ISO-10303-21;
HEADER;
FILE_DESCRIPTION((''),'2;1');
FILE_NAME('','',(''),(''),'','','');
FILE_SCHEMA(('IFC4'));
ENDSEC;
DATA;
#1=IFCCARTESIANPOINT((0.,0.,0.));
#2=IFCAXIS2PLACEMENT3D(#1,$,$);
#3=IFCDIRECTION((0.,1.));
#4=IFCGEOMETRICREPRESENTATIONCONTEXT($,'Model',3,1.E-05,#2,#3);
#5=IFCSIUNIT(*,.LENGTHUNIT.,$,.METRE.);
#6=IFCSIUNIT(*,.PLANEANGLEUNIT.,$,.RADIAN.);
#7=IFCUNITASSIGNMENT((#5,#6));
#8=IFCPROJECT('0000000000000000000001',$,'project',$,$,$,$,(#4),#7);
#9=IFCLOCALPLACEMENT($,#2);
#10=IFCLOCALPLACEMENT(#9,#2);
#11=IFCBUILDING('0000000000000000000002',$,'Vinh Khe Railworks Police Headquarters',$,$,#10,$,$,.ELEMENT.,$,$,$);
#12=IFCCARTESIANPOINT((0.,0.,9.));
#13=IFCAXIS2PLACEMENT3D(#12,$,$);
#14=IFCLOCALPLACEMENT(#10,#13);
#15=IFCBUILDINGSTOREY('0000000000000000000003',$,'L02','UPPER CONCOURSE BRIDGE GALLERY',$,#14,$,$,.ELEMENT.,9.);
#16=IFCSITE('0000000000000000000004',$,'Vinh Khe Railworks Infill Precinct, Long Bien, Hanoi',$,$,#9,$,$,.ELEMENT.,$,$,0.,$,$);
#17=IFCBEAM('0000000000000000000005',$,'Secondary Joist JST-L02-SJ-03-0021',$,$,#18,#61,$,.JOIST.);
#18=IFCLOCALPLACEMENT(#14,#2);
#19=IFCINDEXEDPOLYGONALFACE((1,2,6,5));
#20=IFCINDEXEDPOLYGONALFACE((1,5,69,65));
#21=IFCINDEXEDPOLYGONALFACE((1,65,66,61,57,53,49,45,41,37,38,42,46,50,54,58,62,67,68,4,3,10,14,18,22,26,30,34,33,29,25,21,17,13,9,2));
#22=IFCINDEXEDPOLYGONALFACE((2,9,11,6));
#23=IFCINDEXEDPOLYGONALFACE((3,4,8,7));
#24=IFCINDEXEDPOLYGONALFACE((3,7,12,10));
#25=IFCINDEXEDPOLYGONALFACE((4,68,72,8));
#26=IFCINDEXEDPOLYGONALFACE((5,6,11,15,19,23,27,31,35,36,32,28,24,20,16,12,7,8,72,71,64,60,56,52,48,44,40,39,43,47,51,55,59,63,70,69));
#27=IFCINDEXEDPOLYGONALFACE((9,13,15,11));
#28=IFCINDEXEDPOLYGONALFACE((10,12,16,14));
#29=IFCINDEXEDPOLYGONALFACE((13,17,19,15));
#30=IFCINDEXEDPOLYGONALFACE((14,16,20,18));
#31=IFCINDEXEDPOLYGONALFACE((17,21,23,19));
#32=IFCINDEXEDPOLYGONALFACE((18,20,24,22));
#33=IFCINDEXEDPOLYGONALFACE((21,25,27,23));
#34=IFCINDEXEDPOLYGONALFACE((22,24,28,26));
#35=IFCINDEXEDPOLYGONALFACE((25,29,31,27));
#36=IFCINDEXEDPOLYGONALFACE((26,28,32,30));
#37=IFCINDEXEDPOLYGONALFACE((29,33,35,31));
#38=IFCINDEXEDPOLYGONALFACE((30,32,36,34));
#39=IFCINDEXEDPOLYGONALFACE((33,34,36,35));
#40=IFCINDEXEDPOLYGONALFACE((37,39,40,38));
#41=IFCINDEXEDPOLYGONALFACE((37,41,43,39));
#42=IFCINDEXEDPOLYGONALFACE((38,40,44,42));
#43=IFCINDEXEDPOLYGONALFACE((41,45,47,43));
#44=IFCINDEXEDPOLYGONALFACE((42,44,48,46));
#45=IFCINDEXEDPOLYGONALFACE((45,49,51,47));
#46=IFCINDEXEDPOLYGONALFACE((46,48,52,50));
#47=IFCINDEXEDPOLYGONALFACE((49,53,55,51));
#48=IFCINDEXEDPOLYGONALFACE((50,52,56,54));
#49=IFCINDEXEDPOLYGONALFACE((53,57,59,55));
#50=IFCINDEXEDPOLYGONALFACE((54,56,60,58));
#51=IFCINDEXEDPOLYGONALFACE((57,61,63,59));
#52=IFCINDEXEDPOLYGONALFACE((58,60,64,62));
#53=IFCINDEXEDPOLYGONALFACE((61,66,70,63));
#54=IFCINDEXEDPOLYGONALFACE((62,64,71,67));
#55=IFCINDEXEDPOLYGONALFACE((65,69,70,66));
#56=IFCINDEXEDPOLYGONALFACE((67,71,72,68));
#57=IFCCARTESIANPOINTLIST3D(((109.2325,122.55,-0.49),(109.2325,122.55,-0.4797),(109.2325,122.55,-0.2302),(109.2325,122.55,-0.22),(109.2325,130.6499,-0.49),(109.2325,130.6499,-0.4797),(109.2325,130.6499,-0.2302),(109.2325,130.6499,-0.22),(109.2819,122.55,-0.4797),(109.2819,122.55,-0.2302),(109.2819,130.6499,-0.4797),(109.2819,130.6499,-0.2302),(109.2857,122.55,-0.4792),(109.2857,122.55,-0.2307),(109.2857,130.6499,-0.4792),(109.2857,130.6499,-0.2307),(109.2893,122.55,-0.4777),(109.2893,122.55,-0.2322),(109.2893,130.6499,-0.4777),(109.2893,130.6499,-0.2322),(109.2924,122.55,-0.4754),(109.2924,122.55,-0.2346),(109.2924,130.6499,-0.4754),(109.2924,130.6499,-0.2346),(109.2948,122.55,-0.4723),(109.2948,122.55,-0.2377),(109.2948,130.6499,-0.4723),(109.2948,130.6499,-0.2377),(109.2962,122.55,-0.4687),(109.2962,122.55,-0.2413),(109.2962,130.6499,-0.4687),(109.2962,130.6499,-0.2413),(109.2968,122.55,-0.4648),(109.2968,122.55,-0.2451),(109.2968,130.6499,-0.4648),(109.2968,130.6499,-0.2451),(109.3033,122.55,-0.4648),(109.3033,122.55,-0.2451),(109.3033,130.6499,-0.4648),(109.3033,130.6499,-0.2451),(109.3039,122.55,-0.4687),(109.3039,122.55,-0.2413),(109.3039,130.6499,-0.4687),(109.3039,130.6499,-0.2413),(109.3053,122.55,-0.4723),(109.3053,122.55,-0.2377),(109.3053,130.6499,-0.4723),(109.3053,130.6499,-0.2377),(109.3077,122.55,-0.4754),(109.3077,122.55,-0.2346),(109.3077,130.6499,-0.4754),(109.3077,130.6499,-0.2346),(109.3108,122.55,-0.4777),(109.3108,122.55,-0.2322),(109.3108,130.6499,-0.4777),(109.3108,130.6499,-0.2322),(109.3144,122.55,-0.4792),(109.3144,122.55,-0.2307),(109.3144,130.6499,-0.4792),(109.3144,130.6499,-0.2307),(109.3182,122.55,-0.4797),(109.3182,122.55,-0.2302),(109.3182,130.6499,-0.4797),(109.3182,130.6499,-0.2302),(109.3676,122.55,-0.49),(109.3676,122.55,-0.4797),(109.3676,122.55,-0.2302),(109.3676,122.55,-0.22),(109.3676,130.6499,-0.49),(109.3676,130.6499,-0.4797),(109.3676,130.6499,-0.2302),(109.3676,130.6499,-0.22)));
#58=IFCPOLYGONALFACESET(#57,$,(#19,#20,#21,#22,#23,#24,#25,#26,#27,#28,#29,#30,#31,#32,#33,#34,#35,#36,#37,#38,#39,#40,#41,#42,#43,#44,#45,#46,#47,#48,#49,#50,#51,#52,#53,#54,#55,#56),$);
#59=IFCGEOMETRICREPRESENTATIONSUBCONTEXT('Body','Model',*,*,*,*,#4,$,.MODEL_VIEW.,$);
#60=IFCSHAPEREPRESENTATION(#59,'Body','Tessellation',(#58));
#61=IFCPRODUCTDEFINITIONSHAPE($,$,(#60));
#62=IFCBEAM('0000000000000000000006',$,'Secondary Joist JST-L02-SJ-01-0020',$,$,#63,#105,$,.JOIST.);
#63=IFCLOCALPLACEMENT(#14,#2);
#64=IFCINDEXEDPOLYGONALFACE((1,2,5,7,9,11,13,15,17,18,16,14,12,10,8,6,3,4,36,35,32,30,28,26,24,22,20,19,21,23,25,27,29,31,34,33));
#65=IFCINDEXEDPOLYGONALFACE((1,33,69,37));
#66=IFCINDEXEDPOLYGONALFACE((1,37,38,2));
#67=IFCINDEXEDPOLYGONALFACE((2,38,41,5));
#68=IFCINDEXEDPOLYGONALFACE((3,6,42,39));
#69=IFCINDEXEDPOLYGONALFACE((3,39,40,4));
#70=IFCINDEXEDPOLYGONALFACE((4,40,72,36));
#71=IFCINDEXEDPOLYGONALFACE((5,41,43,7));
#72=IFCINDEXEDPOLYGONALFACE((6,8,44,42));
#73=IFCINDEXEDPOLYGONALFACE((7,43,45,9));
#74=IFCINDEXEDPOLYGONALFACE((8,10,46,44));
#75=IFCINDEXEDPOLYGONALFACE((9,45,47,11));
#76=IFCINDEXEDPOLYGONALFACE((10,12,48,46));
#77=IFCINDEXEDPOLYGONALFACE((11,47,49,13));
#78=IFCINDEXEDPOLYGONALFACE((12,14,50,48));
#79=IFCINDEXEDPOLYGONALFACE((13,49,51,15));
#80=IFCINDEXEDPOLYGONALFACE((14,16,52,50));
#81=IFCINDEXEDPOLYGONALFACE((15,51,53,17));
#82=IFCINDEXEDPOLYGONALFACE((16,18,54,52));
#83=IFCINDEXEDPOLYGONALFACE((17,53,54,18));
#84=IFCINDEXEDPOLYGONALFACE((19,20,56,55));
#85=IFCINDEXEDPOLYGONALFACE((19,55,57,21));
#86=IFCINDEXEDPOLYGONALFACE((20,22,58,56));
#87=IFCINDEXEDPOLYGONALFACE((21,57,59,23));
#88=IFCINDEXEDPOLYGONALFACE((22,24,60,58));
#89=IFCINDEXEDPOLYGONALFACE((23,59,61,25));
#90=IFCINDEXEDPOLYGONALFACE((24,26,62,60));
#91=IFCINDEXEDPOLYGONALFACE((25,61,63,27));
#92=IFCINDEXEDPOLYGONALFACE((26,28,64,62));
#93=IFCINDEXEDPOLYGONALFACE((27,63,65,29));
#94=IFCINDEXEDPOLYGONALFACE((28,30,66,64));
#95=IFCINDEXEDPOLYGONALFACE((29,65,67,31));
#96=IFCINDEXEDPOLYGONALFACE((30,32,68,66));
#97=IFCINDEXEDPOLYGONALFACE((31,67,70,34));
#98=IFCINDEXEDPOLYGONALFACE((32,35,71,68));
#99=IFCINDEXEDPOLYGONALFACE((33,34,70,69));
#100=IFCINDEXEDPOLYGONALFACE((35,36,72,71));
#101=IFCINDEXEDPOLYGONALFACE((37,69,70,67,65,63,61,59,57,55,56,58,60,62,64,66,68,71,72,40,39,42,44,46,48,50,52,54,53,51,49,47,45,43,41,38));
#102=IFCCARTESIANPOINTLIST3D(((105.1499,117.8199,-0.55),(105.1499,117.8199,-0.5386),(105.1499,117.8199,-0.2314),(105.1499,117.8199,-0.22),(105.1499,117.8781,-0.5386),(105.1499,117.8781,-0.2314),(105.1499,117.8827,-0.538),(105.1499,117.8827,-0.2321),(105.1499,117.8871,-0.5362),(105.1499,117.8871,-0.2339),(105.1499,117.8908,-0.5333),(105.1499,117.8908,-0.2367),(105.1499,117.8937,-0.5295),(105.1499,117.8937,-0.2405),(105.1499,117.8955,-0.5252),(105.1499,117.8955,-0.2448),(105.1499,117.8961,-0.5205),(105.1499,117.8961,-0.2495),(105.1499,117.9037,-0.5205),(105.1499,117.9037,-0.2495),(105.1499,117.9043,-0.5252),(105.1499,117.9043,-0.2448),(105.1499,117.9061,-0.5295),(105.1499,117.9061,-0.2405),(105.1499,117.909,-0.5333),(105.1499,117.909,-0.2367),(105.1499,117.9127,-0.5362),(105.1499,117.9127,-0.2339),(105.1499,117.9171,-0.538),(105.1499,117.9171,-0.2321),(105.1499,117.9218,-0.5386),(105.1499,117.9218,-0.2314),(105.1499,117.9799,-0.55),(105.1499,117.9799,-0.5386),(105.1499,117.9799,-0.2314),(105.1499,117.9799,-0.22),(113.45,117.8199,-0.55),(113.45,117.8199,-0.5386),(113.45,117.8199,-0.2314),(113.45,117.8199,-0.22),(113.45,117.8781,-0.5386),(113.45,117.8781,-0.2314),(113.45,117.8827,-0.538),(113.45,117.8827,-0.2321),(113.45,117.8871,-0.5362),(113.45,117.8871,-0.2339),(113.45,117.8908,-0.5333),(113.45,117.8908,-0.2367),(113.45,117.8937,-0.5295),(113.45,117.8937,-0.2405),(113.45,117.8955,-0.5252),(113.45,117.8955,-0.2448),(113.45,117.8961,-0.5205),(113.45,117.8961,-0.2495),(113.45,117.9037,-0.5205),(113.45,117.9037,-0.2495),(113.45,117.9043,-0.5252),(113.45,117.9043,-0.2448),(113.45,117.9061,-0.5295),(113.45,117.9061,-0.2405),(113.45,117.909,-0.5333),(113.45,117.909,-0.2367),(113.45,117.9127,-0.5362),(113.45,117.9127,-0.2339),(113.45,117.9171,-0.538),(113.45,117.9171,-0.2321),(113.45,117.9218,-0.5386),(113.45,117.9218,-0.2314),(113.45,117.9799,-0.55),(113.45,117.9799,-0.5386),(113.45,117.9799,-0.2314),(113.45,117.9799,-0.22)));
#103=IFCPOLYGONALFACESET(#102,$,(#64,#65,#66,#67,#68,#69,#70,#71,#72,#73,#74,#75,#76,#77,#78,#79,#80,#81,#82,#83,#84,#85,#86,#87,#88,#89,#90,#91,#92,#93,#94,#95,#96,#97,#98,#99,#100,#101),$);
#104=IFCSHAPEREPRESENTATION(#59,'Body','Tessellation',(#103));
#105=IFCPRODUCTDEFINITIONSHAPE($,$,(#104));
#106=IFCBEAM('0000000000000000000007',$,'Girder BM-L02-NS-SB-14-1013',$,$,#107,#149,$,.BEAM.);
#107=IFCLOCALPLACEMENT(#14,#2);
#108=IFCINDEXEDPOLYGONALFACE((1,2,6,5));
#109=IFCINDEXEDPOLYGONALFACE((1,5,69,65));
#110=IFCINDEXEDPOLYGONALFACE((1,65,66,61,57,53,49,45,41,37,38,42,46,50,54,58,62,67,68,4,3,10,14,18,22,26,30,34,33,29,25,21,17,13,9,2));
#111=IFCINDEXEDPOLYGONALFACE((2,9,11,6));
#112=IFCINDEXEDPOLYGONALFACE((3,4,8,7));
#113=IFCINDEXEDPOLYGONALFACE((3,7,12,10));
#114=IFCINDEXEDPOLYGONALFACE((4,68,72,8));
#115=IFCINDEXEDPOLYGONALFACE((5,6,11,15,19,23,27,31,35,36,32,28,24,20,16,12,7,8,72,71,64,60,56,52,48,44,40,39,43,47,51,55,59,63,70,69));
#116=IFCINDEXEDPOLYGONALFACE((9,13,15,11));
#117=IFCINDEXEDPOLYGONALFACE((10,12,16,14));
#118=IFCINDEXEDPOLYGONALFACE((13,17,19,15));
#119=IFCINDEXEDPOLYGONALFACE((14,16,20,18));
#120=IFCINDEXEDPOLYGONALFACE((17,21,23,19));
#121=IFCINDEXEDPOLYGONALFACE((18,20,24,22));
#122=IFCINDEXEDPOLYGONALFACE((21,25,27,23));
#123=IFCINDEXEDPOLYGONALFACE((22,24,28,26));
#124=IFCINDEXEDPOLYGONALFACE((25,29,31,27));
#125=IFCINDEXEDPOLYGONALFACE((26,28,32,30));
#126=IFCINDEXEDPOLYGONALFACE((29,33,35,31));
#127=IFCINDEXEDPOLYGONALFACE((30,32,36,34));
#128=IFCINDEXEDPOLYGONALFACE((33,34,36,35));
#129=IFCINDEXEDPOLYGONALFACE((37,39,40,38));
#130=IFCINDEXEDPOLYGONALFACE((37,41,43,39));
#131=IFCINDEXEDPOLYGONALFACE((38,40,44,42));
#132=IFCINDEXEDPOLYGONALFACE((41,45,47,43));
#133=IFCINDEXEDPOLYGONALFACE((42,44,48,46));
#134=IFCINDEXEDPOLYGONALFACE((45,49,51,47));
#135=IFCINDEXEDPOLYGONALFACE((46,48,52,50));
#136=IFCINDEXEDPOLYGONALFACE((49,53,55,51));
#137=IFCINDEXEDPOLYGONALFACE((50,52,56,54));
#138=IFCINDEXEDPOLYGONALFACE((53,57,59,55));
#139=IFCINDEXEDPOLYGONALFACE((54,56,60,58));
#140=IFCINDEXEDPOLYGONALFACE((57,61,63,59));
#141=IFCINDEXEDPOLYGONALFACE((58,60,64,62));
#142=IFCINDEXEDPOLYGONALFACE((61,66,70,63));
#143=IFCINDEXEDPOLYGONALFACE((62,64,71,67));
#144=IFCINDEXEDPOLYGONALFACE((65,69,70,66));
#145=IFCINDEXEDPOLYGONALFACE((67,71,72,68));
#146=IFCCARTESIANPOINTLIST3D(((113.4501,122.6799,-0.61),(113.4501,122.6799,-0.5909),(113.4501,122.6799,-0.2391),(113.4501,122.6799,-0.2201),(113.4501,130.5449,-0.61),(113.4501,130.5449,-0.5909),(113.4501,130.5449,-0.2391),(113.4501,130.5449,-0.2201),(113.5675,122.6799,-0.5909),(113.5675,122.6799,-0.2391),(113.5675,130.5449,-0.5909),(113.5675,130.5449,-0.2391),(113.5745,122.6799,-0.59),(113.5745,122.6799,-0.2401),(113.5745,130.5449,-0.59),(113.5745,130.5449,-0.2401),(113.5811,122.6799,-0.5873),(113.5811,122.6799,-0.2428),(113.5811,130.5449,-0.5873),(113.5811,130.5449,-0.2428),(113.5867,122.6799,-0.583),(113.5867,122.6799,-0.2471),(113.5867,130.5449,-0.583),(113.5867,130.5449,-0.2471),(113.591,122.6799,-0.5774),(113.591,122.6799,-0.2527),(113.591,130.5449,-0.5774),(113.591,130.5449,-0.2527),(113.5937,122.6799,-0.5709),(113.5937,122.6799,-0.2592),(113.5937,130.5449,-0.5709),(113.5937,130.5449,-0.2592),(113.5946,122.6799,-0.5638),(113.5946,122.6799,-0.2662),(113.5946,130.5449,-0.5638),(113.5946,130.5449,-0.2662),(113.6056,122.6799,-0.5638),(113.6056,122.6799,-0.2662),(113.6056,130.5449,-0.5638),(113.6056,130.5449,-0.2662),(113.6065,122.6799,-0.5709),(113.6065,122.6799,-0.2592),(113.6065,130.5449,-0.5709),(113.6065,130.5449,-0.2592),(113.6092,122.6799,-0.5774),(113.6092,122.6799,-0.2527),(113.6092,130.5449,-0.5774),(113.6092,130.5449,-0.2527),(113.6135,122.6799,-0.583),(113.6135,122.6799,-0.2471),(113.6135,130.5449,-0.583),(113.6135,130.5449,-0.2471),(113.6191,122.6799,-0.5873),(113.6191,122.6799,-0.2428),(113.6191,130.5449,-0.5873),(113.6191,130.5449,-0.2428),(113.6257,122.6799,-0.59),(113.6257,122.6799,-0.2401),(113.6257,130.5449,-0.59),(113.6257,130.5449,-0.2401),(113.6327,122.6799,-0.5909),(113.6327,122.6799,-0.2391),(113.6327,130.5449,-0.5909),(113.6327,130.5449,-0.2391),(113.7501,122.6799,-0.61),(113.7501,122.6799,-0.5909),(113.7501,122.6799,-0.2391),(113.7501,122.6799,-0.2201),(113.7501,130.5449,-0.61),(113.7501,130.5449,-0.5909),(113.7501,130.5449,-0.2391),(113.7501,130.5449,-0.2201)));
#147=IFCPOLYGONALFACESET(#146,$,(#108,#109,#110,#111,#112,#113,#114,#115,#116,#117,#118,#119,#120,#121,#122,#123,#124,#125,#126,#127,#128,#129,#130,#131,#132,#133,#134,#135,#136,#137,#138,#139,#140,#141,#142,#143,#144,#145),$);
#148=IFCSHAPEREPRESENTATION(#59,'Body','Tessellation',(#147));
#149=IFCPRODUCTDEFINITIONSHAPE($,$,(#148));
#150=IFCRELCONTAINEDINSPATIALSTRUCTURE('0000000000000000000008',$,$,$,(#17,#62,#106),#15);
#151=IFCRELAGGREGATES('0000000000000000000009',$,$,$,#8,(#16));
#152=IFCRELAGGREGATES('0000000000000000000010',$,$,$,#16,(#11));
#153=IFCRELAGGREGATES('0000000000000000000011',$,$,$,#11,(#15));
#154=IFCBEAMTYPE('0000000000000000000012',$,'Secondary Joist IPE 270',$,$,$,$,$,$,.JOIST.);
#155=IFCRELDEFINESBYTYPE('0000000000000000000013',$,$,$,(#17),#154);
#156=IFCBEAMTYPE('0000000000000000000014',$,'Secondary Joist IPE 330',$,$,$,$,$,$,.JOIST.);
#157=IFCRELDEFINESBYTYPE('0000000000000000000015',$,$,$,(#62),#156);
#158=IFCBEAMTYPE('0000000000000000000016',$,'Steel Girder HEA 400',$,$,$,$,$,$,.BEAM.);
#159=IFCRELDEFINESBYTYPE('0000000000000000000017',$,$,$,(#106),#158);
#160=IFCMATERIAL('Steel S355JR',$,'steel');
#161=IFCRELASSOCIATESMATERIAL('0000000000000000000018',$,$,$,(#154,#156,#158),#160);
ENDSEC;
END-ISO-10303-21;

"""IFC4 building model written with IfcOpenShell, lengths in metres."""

from ifc_helpers import new_model, si_unit, direction, frame, origin, origin_2d, place, context, subcontext, project, spatial, i_section, extrude, material, material_profile, profile_set, type_object, element, save


model = new_model("IFC4")

# Units and contexts
model_context = context("Model", 3, precision=1e-05, world=origin(), true_north=direction((0.0, 1.0)))
body_context = subcontext(model_context, "Body", "Model", "MODEL_VIEW")
ifc_project = project(units=[si_unit("LENGTHUNIT", "METRE"), si_unit("PLANEANGLEUNIT", "RADIAN")], contexts=[model_context])

# Site, building, storey
site_placement = place(None, origin())
site = spatial("IfcSite", under=ifc_project, at=site_placement, Name="Vinh Khe Railworks Infill Precinct, Long Bien, Hanoi", CompositionType="ELEMENT", RefElevation=0.0)
building_placement = place(site_placement, origin())
building = spatial("IfcBuilding", under=site, at=building_placement, Name="Vinh Khe Railworks Police Headquarters", CompositionType="ELEMENT")
storey_placement = place(building_placement, frame((0.0, 0.0, 9.0)))
storey = spatial("IfcBuildingStorey", under=building, at=storey_placement, Name="L02", Description="UPPER CONCOURSE BRIDGE GALLERY", CompositionType="ELEMENT", Elevation=9.0)

# Shared definitions
ifc_material_1 = material(Name="Steel S355JR", Category="steel")

# Beams
ifc_material_profile_1 = material_profile(ifc_material_1, i_section(OverallWidth=0.135, OverallDepth=0.27, WebThickness=0.0066, FlangeThickness=0.0103, FilletRadius=0.0149, at=origin_2d()), Name="IPE 270")
ifc_profile_set_1 = profile_set([ifc_material_profile_1], Name="Steel S355JR")
beam_type_1 = type_object("IfcBeamType", Name="Secondary Joist IPE 270", PredefinedType="JOIST", material=ifc_profile_set_1)
beam_1_placement = place(storey_placement, frame((109.3, 122.55, -0.355), z_axis=(0.0, 1.0, 0.0), x_axis=(-1.0, 0.0, 0.0)))
element("IfcBeam", 1, at=beam_1_placement, inside=storey, type_object=beam_type_1, Name="Secondary Joist JST-L02-SJ-03-0021", PredefinedType="JOIST", context=body_context, shape_type="SweptSolid", body=[
    extrude(i_section(OverallWidth=0.135, OverallDepth=0.27, WebThickness=0.0066, FlangeThickness=0.0103, FilletRadius=0.0149, at=origin_2d()), origin(), (0.0, 0.0, 1.0), 8.0999),
])
ifc_material_profile_2 = material_profile(ifc_material_1, i_section(OverallWidth=0.1599, OverallDepth=0.3301, WebThickness=0.0076, FlangeThickness=0.0115, FilletRadius=0.0181, at=origin_2d()), Name="IPE 330")
ifc_profile_set_2 = profile_set([ifc_material_profile_2], Name="Steel S355JR")
beam_type_2 = type_object("IfcBeamType", Name="Secondary Joist IPE 330", PredefinedType="JOIST", material=ifc_profile_set_2)
beam_2_placement = place(storey_placement, frame((105.1499, 117.8999, -0.385), z_axis=(1.0, 0.0, 0.0), x_axis=(0.0, 1.0, 0.0)))
element("IfcBeam", 2, at=beam_2_placement, inside=storey, type_object=beam_type_2, Name="Secondary Joist JST-L02-SJ-01-0020", PredefinedType="JOIST", context=body_context, shape_type="SweptSolid", body=[
    extrude(i_section(OverallWidth=0.1599, OverallDepth=0.3301, WebThickness=0.0076, FlangeThickness=0.0115, FilletRadius=0.0181, at=origin_2d()), origin(), (0.0, 0.0, 1.0), 8.3),
])
ifc_material_profile_3 = material_profile(ifc_material_1, i_section(OverallWidth=0.3, OverallDepth=0.3899, WebThickness=0.011, FlangeThickness=0.019, FilletRadius=0.0271, at=origin_2d()), Name="HEA 400")
ifc_profile_set_3 = profile_set([ifc_material_profile_3], Name="Steel S355JR")
beam_type_3 = type_object("IfcBeamType", Name="Steel Girder HEA 400", PredefinedType="BEAM", material=ifc_profile_set_3)
beam_3_placement = place(storey_placement, frame((113.6001, 122.6799, -0.415), z_axis=(0.0, 1.0, 0.0), x_axis=(-1.0, 0.0, 0.0)))
element("IfcBeam", 3, at=beam_3_placement, inside=storey, type_object=beam_type_3, Name="Girder BM-L02-NS-SB-14-1013", PredefinedType="BEAM", context=body_context, shape_type="SweptSolid", body=[
    extrude(i_section(OverallWidth=0.3, OverallDepth=0.3899, WebThickness=0.011, FlangeThickness=0.019, FilletRadius=0.0271, at=origin_2d()), origin(), (0.0, 0.0, 1.0), 7.865),
])

save(model, "model.ifc")
